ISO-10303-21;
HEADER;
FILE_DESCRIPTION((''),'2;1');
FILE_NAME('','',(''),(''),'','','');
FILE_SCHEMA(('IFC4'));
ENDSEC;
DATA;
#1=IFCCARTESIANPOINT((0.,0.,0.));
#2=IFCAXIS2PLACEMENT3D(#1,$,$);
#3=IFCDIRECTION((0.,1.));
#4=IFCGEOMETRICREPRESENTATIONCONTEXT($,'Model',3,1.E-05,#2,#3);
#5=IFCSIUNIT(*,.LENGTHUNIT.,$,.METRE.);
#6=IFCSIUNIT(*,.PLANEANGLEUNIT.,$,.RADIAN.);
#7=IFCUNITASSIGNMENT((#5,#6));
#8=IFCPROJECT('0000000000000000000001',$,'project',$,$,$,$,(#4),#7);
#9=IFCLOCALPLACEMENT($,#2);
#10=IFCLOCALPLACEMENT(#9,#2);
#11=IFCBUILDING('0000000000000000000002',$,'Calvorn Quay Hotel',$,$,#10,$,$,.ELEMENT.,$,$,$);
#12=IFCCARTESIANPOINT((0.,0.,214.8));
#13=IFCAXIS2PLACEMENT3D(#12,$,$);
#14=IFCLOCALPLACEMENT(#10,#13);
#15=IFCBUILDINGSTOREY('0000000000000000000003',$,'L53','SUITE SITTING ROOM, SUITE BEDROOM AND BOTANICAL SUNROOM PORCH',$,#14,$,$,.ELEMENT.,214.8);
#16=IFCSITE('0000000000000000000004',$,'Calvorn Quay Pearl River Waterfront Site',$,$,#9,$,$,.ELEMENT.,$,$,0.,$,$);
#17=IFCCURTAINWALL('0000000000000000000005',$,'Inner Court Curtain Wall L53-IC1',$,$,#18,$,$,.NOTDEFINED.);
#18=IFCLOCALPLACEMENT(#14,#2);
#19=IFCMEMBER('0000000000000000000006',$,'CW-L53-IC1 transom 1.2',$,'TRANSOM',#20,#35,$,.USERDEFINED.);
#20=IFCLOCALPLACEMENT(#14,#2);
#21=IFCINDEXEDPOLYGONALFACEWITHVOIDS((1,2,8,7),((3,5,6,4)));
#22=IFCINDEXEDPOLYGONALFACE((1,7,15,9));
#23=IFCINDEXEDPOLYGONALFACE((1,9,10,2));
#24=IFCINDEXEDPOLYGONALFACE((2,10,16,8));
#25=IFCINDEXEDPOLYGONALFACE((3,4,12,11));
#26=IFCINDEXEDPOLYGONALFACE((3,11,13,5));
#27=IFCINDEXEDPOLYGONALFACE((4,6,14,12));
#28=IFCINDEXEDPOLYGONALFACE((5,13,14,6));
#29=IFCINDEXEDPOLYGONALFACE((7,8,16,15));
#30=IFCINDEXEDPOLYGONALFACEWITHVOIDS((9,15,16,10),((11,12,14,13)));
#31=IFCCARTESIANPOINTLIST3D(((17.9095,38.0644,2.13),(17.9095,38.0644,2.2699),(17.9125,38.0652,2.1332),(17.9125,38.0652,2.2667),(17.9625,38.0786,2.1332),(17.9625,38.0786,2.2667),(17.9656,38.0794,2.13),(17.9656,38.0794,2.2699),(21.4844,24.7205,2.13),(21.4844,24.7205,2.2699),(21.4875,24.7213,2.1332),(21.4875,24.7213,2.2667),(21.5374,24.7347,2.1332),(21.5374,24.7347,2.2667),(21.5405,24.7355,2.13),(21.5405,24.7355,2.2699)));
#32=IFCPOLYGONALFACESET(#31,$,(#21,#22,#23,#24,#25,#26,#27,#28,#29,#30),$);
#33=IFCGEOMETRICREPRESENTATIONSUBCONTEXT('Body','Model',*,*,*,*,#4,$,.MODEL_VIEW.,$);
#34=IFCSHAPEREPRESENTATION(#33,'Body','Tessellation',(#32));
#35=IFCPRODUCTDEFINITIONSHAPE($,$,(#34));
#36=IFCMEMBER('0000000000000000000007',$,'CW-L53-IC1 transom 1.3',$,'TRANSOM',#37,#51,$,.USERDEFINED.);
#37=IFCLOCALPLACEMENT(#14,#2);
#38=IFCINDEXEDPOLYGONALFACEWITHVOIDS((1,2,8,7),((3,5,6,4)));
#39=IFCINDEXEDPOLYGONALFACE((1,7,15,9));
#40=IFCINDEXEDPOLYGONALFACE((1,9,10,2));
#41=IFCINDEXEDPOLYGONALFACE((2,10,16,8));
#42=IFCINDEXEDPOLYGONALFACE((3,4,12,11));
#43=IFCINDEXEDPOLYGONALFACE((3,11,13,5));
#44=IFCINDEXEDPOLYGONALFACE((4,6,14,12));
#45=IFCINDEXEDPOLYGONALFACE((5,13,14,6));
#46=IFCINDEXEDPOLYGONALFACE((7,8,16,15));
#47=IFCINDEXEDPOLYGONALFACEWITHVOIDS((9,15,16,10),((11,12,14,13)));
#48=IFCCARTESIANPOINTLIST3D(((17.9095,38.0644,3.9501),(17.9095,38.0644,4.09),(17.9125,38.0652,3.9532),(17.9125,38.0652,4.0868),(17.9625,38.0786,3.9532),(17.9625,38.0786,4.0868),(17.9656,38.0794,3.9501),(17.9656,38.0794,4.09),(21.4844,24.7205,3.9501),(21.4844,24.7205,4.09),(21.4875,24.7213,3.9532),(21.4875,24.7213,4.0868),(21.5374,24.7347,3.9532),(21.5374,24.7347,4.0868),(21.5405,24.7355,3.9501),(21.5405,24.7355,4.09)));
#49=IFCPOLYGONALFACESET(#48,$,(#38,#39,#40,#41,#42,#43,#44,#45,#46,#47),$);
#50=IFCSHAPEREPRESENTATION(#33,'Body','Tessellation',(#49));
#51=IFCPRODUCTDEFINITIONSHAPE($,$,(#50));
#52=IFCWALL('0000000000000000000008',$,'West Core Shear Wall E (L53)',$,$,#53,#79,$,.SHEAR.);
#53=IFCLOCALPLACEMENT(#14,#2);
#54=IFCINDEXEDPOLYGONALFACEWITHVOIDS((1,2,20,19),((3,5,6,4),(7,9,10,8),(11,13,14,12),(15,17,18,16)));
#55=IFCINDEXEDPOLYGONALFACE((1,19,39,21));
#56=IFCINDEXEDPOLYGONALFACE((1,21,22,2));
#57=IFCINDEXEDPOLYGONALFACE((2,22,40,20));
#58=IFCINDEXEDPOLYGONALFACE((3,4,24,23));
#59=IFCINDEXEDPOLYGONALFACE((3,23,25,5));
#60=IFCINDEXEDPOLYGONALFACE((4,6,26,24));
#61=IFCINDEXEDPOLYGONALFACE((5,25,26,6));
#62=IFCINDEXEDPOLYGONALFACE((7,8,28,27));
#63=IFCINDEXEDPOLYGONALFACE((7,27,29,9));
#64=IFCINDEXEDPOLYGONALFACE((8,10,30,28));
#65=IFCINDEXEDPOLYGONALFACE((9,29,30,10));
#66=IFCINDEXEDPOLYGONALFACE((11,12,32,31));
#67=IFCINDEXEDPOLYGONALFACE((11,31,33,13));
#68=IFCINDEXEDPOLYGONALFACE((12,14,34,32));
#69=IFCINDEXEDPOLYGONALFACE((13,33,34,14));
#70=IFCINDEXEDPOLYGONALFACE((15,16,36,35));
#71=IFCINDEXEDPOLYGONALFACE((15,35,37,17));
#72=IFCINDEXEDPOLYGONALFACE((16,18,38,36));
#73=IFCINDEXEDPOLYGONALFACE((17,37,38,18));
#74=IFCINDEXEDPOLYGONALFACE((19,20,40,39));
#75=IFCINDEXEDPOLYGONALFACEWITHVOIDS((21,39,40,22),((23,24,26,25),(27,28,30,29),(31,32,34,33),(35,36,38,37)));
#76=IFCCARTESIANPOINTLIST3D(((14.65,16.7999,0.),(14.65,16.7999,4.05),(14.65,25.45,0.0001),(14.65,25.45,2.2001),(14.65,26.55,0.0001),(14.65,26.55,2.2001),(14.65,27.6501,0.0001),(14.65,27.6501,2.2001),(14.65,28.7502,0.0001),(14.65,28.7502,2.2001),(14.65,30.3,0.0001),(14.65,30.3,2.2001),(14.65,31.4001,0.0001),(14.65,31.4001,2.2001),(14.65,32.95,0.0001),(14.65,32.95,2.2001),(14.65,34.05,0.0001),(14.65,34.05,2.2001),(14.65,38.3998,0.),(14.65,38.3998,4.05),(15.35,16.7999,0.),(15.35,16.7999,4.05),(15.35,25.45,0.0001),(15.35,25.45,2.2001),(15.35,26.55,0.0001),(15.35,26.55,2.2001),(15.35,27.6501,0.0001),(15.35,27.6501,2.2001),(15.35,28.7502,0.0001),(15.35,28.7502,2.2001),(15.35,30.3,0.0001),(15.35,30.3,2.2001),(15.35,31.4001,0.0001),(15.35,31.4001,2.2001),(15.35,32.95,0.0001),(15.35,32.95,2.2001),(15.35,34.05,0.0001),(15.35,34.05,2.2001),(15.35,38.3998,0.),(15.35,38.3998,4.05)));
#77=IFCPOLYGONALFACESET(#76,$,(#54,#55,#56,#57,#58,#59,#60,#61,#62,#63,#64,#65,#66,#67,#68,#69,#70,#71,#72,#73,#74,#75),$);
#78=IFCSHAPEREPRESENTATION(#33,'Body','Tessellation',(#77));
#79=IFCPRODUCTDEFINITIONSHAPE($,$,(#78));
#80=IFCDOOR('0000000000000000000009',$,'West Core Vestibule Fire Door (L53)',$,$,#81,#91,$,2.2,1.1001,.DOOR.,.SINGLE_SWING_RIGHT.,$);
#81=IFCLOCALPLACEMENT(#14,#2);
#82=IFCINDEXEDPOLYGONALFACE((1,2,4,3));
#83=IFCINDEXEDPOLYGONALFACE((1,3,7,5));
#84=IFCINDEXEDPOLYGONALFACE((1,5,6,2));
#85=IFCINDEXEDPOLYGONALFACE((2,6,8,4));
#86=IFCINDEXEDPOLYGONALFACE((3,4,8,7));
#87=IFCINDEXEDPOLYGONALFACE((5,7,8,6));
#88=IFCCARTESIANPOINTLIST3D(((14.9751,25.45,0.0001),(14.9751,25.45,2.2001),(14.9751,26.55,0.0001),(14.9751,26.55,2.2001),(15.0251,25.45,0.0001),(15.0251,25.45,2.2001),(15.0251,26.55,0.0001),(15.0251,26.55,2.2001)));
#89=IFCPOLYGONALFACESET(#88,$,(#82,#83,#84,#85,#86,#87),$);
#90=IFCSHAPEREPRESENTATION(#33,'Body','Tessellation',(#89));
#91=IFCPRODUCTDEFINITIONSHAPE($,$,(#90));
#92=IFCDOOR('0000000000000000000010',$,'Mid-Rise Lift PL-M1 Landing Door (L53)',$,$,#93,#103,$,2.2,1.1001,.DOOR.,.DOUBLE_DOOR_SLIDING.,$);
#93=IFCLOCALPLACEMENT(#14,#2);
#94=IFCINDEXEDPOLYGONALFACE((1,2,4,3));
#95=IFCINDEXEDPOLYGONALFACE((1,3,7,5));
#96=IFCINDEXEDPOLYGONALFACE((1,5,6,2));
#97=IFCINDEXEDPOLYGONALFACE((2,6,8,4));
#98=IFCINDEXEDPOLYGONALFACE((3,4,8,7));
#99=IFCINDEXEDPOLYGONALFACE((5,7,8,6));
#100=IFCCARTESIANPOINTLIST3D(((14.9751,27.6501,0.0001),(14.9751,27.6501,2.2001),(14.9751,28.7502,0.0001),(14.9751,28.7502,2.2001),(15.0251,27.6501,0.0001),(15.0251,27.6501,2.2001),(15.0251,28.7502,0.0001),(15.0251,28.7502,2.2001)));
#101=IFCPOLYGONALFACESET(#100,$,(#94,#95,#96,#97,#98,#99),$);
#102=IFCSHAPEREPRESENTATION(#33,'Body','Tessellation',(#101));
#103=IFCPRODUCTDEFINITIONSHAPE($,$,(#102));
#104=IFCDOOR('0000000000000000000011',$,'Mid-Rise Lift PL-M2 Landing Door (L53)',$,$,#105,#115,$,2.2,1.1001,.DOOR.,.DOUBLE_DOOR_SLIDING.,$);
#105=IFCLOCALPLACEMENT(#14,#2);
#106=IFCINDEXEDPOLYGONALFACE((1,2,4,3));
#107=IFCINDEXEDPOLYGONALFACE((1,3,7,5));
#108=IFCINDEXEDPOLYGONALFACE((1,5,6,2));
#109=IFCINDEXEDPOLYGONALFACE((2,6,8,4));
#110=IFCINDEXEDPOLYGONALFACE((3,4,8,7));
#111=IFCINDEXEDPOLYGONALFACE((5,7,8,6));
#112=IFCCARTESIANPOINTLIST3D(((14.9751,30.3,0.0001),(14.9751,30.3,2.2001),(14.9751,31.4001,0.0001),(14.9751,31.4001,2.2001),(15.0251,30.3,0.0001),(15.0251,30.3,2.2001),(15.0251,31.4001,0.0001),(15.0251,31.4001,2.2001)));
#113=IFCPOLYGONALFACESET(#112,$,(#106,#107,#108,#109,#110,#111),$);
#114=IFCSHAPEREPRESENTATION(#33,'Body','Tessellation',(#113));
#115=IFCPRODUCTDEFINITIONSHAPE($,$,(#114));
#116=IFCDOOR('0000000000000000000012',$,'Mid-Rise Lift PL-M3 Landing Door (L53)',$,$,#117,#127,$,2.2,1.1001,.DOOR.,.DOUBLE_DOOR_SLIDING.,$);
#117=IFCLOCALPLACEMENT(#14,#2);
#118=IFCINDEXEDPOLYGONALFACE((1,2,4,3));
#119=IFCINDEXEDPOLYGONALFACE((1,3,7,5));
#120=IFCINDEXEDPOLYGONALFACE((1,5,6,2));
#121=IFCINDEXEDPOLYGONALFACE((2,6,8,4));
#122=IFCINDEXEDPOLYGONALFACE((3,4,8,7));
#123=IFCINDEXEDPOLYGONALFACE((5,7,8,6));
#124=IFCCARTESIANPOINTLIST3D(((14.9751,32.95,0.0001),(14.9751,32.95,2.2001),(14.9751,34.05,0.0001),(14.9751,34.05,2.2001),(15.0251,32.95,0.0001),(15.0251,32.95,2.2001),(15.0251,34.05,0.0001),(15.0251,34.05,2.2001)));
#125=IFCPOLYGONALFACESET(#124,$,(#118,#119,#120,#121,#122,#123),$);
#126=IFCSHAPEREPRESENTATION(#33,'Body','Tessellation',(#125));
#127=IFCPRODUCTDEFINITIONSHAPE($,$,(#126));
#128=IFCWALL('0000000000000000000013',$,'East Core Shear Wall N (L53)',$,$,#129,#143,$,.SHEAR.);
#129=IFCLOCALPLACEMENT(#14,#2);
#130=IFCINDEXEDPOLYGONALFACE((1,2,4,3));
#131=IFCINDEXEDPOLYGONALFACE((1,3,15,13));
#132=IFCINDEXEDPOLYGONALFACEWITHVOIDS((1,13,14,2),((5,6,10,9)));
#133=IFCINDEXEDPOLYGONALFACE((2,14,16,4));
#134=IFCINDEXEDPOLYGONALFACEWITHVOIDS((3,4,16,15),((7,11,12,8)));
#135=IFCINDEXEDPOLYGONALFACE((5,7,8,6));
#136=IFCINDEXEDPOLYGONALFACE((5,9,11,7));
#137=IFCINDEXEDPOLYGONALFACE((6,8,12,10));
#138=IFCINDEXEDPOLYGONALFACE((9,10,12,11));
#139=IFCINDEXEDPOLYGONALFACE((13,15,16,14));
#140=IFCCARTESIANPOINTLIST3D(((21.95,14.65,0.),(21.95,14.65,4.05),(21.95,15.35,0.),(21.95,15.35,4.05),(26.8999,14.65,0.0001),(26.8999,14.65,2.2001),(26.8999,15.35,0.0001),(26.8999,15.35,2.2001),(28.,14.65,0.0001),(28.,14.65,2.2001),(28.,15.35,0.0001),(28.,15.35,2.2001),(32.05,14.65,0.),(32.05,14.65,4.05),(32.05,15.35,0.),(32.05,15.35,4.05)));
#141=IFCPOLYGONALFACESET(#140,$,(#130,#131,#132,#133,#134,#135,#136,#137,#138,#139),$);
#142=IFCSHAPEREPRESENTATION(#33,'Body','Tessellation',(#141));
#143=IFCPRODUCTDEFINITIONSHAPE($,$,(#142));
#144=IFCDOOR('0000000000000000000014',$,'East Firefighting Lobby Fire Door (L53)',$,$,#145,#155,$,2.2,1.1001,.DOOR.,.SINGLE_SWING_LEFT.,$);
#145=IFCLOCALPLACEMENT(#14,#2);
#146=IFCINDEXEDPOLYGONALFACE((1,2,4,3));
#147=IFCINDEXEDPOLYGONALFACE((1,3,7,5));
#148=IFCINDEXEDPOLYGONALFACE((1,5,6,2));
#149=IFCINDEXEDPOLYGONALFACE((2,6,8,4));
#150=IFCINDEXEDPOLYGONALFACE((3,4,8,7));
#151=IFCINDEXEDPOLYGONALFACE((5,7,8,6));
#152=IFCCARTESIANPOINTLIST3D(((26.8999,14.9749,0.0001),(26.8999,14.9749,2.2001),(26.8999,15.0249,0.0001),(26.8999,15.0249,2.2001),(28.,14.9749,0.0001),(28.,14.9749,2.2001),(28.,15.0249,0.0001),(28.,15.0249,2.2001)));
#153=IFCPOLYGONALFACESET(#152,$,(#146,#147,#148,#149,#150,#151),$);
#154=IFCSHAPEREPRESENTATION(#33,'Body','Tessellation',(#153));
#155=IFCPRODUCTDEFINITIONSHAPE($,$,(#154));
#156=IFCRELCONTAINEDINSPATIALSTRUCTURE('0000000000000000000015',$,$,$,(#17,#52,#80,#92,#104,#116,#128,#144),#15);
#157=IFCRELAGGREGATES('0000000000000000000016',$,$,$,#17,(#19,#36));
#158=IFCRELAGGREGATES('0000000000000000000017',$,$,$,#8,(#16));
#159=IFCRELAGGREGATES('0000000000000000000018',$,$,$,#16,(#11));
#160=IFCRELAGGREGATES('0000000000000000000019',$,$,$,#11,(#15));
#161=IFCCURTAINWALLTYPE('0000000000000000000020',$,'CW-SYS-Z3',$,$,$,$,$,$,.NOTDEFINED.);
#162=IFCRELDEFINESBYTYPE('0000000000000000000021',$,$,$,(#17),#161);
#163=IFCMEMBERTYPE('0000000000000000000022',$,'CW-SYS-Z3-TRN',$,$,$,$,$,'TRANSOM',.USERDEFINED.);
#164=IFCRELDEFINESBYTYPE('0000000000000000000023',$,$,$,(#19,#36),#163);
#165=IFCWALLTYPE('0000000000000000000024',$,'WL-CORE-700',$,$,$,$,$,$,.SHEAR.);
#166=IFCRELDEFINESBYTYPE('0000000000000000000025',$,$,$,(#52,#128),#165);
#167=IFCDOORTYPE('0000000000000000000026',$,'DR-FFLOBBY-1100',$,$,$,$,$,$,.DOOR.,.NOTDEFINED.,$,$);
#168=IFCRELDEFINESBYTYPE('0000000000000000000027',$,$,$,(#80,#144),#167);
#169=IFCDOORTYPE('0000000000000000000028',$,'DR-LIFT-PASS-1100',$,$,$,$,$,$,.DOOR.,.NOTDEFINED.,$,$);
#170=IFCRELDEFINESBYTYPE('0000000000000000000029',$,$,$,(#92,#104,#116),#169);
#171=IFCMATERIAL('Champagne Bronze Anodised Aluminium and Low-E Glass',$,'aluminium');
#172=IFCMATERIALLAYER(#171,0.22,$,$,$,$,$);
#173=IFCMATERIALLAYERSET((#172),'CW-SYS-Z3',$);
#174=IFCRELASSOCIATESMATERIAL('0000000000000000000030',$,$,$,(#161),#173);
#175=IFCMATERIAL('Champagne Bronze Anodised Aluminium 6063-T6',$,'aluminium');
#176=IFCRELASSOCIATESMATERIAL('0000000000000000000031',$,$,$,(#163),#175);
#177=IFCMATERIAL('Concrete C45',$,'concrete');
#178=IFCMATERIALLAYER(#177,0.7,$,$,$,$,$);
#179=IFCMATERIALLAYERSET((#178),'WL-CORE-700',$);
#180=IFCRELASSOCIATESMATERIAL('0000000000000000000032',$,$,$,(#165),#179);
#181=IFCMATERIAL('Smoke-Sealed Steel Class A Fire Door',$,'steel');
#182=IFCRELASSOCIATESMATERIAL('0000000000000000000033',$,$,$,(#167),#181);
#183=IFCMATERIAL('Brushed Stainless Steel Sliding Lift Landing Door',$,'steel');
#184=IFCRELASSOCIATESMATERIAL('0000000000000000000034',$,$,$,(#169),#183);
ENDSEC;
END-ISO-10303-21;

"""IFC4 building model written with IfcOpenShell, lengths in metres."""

from ifc_helpers import new_model, si_unit, direction, frame, frame_2d, origin, origin_2d, place, context, subcontext, project, spatial, rectangle, hollow_rectangle, extrude, material, layer, layer_set, material_profile, profile_set, type_object, element, fill, aggregate, save


model = new_model("IFC4")

# Units and contexts
model_context = context("Model", 3, precision=1e-05, world=origin(), true_north=direction((0.0, 1.0)))
body_context = subcontext(model_context, "Body", "Model", "MODEL_VIEW")
ifc_project = project(units=[si_unit("LENGTHUNIT", "METRE"), si_unit("PLANEANGLEUNIT", "RADIAN")], contexts=[model_context])

# Site, building, storey
site_placement = place(None, origin())
site = spatial("IfcSite", under=ifc_project, at=site_placement, Name="Calvorn Quay Pearl River Waterfront Site", CompositionType="ELEMENT", RefElevation=0.0)
building_placement = place(site_placement, origin())
building = spatial("IfcBuilding", under=site, at=building_placement, Name="Calvorn Quay Hotel", CompositionType="ELEMENT")
storey_placement = place(building_placement, frame((0.0, 0.0, 214.8)))
storey = spatial("IfcBuildingStorey", under=building, at=storey_placement, Name="L53", Description="SUITE SITTING ROOM, SUITE BEDROOM AND BOTANICAL SUNROOM PORCH", CompositionType="ELEMENT", Elevation=214.8)

# Shared definitions
ifc_material_1 = material(Name="Champagne Bronze Anodised Aluminium and Low-E Glass", Category="aluminium")
ifc_layer_1 = layer(ifc_material_1, 0.22)
ifc_layer_set_1 = layer_set([ifc_layer_1], Name="CW-SYS-Z3")
curtain_wall_type = type_object("IfcCurtainWallType", Name="CW-SYS-Z3", PredefinedType="NOTDEFINED", material=ifc_layer_set_1)

# Curtain wall, members
curtain_wall_1_placement = place(storey_placement, origin())
curtain_wall_1 = element("IfcCurtainWall", 1, at=curtain_wall_1_placement, inside=storey, type_object=curtain_wall_type, Name="Inner Court Curtain Wall L53-IC1", PredefinedType="NOTDEFINED")
ifc_material_2 = material(Name="Champagne Bronze Anodised Aluminium 6063-T6", Category="aluminium")
ifc_material_profile_1 = material_profile(ifc_material_2, hollow_rectangle(XDim=0.0581, YDim=0.1399, WallThickness=0.0032, at=origin_2d()), Name="ALU-T140x58x3.2")
ifc_profile_set_1 = profile_set([ifc_material_profile_1], Name="Champagne Bronze Anodised Aluminium 6063-T6")
member_type_1 = type_object("IfcMemberType", Name="CW-SYS-Z3-TRN", ElementType="TRANSOM", PredefinedType="USERDEFINED", material=ifc_profile_set_1)
member_1_placement = place(storey_placement, frame((21.5125, 24.728, 2.2), z_axis=(-0.258781, 0.965936, 0.0), x_axis=(-0.965936, -0.258781, 0.0)))
member_1 = element("IfcMember", 2, at=member_1_placement, type_object=member_type_1, Name="CW-L53-IC1 transom 1.2", ObjectType="TRANSOM", PredefinedType="USERDEFINED", context=body_context, shape_type="SweptSolid", body=[
    extrude(hollow_rectangle(XDim=0.0581, YDim=0.1399, WallThickness=0.0032, at=origin_2d()), origin(), (0.0, 0.0, 1.0), 13.8145),
])
member_2_placement = place(storey_placement, frame((21.5125, 24.728, 4.02), z_axis=(-0.258781, 0.965936, 0.0), x_axis=(-0.965936, -0.258781, 0.0)))
member_2 = element("IfcMember", 3, at=member_2_placement, type_object=member_type_1, Name="CW-L53-IC1 transom 1.3", ObjectType="TRANSOM", PredefinedType="USERDEFINED", context=body_context, shape_type="SweptSolid", body=[
    extrude(hollow_rectangle(XDim=0.0581, YDim=0.1399, WallThickness=0.0032, at=origin_2d()), origin(), (0.0, 0.0, 1.0), 13.8145),
])
aggregate(curtain_wall_1, [member_1, member_2])

# Wall, openings, doors
ifc_material_3 = material(Name="Concrete C45", Category="concrete")
ifc_layer_2 = layer(ifc_material_3, 0.7)
ifc_layer_set_2 = layer_set([ifc_layer_2], Name="WL-CORE-700")
wall_type_1 = type_object("IfcWallType", Name="WL-CORE-700", PredefinedType="SHEAR", material=ifc_layer_set_2)
wall_1_placement = place(storey_placement, frame((15.0, 16.8, 0.0), z_axis=(0.0, 0.0, 1.0), x_axis=(0.0, 1.0, 0.0)))
wall_1 = element("IfcWall", 4, at=wall_1_placement, inside=storey, type_object=wall_type_1, Name="West Core Shear Wall E (L53)", PredefinedType="SHEAR", context=body_context, shape_type="SweptSolid", body=[
    extrude(rectangle(XDim=21.5999, YDim=0.7, at=frame_2d((10.7998, 0.0))), origin(), (0.0, 0.0, 1.0), 4.05),
])
opening_1_placement = place(wall_1_placement, frame((8.6499, 0.0, 0.0)))
opening_1 = element("IfcOpeningElement", 5, at=opening_1_placement, cuts=wall_1, PredefinedType="OPENING", context=body_context, shape_type="SweptSolid", body=[
    extrude(rectangle(XDim=1.1001, YDim=2.2, at=frame_2d((0.55, 1.1001))), frame((0.0, 0.3599, 0.0), z_axis=(0.0, -1.0, 0.0), x_axis=(1.0, 0.0, 0.0)), (0.0, 0.0, 1.0), 0.72),
])
opening_2_placement = place(wall_1_placement, frame((10.8501, 0.0, 0.0)))
opening_2 = element("IfcOpeningElement", 6, at=opening_2_placement, cuts=wall_1, PredefinedType="OPENING", context=body_context, shape_type="SweptSolid", body=[
    extrude(rectangle(XDim=1.1001, YDim=2.2, at=frame_2d((0.55, 1.1001))), frame((0.0, 0.3599, 0.0), z_axis=(0.0, -1.0, 0.0), x_axis=(1.0, 0.0, 0.0)), (0.0, 0.0, 1.0), 0.72),
])
opening_3_placement = place(wall_1_placement, frame((13.5, 0.0, 0.0)))
opening_3 = element("IfcOpeningElement", 7, at=opening_3_placement, cuts=wall_1, PredefinedType="OPENING", context=body_context, shape_type="SweptSolid", body=[
    extrude(rectangle(XDim=1.1001, YDim=2.2, at=frame_2d((0.55, 1.1001))), frame((0.0, 0.3599, 0.0), z_axis=(0.0, -1.0, 0.0), x_axis=(1.0, 0.0, 0.0)), (0.0, 0.0, 1.0), 0.72),
])
opening_4_placement = place(wall_1_placement, frame((16.1499, 0.0, 0.0)))
opening_4 = element("IfcOpeningElement", 8, at=opening_4_placement, cuts=wall_1, PredefinedType="OPENING", context=body_context, shape_type="SweptSolid", body=[
    extrude(rectangle(XDim=1.1001, YDim=2.2, at=frame_2d((0.55, 1.1001))), frame((0.0, 0.3599, 0.0), z_axis=(0.0, -1.0, 0.0), x_axis=(1.0, 0.0, 0.0)), (0.0, 0.0, 1.0), 0.72),
])
ifc_material_4 = material(Name="Smoke-Sealed Steel Class A Fire Door", Category="steel")
door_type_1 = type_object("IfcDoorType", Name="DR-FFLOBBY-1100", OperationType="NOTDEFINED", PredefinedType="DOOR", material=ifc_material_4)
door_1_placement = place(opening_1_placement, origin())
door_1 = element("IfcDoor", 9, at=door_1_placement, inside=storey, type_object=door_type_1, Name="West Core Vestibule Fire Door (L53)", OperationType="SINGLE_SWING_RIGHT", OverallHeight=2.2, OverallWidth=1.1001, PredefinedType="DOOR", context=body_context, shape_type="SweptSolid", body=[
    extrude(rectangle(XDim=1.1001, YDim=2.2, at=frame_2d((0.55, 1.1001))), frame((0.0, 0.0249, 0.0), z_axis=(0.0, -1.0, 0.0), x_axis=(1.0, 0.0, 0.0)), (0.0, 0.0, 1.0), 0.05),
])
fill(opening_1, door_1)
ifc_material_5 = material(Name="Brushed Stainless Steel Sliding Lift Landing Door", Category="steel")
door_type_2 = type_object("IfcDoorType", Name="DR-LIFT-PASS-1100", OperationType="NOTDEFINED", PredefinedType="DOOR", material=ifc_material_5)
door_2_placement = place(opening_2_placement, origin())
door_2 = element("IfcDoor", 10, at=door_2_placement, inside=storey, type_object=door_type_2, Name="Mid-Rise Lift PL-M1 Landing Door (L53)", OperationType="DOUBLE_DOOR_SLIDING", OverallHeight=2.2, OverallWidth=1.1001, PredefinedType="DOOR", context=body_context, shape_type="SweptSolid", body=[
    extrude(rectangle(XDim=1.1001, YDim=2.2, at=frame_2d((0.55, 1.1001))), frame((0.0, 0.0249, 0.0), z_axis=(0.0, -1.0, 0.0), x_axis=(1.0, 0.0, 0.0)), (0.0, 0.0, 1.0), 0.05),
])
fill(opening_2, door_2)
door_3_placement = place(opening_3_placement, origin())
door_3 = element("IfcDoor", 11, at=door_3_placement, inside=storey, type_object=door_type_2, Name="Mid-Rise Lift PL-M2 Landing Door (L53)", OperationType="DOUBLE_DOOR_SLIDING", OverallHeight=2.2, OverallWidth=1.1001, PredefinedType="DOOR", context=body_context, shape_type="SweptSolid", body=[
    extrude(rectangle(XDim=1.1001, YDim=2.2, at=frame_2d((0.55, 1.1001))), frame((0.0, 0.0249, 0.0), z_axis=(0.0, -1.0, 0.0), x_axis=(1.0, 0.0, 0.0)), (0.0, 0.0, 1.0), 0.05),
])
fill(opening_3, door_3)
door_4_placement = place(opening_4_placement, origin())
door_4 = element("IfcDoor", 12, at=door_4_placement, inside=storey, type_object=door_type_2, Name="Mid-Rise Lift PL-M3 Landing Door (L53)", OperationType="DOUBLE_DOOR_SLIDING", OverallHeight=2.2, OverallWidth=1.1001, PredefinedType="DOOR", context=body_context, shape_type="SweptSolid", body=[
    extrude(rectangle(XDim=1.1001, YDim=2.2, at=frame_2d((0.55, 1.1001))), frame((0.0, 0.0249, 0.0), z_axis=(0.0, -1.0, 0.0), x_axis=(1.0, 0.0, 0.0)), (0.0, 0.0, 1.0), 0.05),
])
fill(opening_4, door_4)

# Wall, opening, door
wall_2_placement = place(storey_placement, frame((21.95, 15.0, 0.0), z_axis=(0.0, 0.0, 1.0), x_axis=(1.0, 0.0, 0.0)))
wall_2 = element("IfcWall", 13, at=wall_2_placement, inside=storey, type_object=wall_type_1, Name="East Core Shear Wall N (L53)", PredefinedType="SHEAR", context=body_context, shape_type="SweptSolid", body=[
    extrude(rectangle(XDim=10.1001, YDim=0.7, at=frame_2d((5.05, 0.0))), origin(), (0.0, 0.0, 1.0), 4.05),
])
opening_5_placement = place(wall_2_placement, frame((4.95, 0.0, 0.0)))
opening_5 = element("IfcOpeningElement", 14, at=opening_5_placement, cuts=wall_2, PredefinedType="OPENING", context=body_context, shape_type="SweptSolid", body=[
    extrude(rectangle(XDim=1.1001, YDim=2.2, at=frame_2d((0.55, 1.1001))), frame((0.0, 0.3599, 0.0), z_axis=(0.0, -1.0, 0.0), x_axis=(1.0, 0.0, 0.0)), (0.0, 0.0, 1.0), 0.72),
])
door_5_placement = place(opening_5_placement, origin())
door_5 = element("IfcDoor", 15, at=door_5_placement, inside=storey, type_object=door_type_1, Name="East Firefighting Lobby Fire Door (L53)", OperationType="SINGLE_SWING_LEFT", OverallHeight=2.2, OverallWidth=1.1001, PredefinedType="DOOR", context=body_context, shape_type="SweptSolid", body=[
    extrude(rectangle(XDim=1.1001, YDim=2.2, at=frame_2d((0.55, 1.1001))), frame((0.0, 0.0249, 0.0), z_axis=(0.0, -1.0, 0.0), x_axis=(1.0, 0.0, 0.0)), (0.0, 0.0, 1.0), 0.05),
])
fill(opening_5, door_5)

save(model, "model.ifc")
